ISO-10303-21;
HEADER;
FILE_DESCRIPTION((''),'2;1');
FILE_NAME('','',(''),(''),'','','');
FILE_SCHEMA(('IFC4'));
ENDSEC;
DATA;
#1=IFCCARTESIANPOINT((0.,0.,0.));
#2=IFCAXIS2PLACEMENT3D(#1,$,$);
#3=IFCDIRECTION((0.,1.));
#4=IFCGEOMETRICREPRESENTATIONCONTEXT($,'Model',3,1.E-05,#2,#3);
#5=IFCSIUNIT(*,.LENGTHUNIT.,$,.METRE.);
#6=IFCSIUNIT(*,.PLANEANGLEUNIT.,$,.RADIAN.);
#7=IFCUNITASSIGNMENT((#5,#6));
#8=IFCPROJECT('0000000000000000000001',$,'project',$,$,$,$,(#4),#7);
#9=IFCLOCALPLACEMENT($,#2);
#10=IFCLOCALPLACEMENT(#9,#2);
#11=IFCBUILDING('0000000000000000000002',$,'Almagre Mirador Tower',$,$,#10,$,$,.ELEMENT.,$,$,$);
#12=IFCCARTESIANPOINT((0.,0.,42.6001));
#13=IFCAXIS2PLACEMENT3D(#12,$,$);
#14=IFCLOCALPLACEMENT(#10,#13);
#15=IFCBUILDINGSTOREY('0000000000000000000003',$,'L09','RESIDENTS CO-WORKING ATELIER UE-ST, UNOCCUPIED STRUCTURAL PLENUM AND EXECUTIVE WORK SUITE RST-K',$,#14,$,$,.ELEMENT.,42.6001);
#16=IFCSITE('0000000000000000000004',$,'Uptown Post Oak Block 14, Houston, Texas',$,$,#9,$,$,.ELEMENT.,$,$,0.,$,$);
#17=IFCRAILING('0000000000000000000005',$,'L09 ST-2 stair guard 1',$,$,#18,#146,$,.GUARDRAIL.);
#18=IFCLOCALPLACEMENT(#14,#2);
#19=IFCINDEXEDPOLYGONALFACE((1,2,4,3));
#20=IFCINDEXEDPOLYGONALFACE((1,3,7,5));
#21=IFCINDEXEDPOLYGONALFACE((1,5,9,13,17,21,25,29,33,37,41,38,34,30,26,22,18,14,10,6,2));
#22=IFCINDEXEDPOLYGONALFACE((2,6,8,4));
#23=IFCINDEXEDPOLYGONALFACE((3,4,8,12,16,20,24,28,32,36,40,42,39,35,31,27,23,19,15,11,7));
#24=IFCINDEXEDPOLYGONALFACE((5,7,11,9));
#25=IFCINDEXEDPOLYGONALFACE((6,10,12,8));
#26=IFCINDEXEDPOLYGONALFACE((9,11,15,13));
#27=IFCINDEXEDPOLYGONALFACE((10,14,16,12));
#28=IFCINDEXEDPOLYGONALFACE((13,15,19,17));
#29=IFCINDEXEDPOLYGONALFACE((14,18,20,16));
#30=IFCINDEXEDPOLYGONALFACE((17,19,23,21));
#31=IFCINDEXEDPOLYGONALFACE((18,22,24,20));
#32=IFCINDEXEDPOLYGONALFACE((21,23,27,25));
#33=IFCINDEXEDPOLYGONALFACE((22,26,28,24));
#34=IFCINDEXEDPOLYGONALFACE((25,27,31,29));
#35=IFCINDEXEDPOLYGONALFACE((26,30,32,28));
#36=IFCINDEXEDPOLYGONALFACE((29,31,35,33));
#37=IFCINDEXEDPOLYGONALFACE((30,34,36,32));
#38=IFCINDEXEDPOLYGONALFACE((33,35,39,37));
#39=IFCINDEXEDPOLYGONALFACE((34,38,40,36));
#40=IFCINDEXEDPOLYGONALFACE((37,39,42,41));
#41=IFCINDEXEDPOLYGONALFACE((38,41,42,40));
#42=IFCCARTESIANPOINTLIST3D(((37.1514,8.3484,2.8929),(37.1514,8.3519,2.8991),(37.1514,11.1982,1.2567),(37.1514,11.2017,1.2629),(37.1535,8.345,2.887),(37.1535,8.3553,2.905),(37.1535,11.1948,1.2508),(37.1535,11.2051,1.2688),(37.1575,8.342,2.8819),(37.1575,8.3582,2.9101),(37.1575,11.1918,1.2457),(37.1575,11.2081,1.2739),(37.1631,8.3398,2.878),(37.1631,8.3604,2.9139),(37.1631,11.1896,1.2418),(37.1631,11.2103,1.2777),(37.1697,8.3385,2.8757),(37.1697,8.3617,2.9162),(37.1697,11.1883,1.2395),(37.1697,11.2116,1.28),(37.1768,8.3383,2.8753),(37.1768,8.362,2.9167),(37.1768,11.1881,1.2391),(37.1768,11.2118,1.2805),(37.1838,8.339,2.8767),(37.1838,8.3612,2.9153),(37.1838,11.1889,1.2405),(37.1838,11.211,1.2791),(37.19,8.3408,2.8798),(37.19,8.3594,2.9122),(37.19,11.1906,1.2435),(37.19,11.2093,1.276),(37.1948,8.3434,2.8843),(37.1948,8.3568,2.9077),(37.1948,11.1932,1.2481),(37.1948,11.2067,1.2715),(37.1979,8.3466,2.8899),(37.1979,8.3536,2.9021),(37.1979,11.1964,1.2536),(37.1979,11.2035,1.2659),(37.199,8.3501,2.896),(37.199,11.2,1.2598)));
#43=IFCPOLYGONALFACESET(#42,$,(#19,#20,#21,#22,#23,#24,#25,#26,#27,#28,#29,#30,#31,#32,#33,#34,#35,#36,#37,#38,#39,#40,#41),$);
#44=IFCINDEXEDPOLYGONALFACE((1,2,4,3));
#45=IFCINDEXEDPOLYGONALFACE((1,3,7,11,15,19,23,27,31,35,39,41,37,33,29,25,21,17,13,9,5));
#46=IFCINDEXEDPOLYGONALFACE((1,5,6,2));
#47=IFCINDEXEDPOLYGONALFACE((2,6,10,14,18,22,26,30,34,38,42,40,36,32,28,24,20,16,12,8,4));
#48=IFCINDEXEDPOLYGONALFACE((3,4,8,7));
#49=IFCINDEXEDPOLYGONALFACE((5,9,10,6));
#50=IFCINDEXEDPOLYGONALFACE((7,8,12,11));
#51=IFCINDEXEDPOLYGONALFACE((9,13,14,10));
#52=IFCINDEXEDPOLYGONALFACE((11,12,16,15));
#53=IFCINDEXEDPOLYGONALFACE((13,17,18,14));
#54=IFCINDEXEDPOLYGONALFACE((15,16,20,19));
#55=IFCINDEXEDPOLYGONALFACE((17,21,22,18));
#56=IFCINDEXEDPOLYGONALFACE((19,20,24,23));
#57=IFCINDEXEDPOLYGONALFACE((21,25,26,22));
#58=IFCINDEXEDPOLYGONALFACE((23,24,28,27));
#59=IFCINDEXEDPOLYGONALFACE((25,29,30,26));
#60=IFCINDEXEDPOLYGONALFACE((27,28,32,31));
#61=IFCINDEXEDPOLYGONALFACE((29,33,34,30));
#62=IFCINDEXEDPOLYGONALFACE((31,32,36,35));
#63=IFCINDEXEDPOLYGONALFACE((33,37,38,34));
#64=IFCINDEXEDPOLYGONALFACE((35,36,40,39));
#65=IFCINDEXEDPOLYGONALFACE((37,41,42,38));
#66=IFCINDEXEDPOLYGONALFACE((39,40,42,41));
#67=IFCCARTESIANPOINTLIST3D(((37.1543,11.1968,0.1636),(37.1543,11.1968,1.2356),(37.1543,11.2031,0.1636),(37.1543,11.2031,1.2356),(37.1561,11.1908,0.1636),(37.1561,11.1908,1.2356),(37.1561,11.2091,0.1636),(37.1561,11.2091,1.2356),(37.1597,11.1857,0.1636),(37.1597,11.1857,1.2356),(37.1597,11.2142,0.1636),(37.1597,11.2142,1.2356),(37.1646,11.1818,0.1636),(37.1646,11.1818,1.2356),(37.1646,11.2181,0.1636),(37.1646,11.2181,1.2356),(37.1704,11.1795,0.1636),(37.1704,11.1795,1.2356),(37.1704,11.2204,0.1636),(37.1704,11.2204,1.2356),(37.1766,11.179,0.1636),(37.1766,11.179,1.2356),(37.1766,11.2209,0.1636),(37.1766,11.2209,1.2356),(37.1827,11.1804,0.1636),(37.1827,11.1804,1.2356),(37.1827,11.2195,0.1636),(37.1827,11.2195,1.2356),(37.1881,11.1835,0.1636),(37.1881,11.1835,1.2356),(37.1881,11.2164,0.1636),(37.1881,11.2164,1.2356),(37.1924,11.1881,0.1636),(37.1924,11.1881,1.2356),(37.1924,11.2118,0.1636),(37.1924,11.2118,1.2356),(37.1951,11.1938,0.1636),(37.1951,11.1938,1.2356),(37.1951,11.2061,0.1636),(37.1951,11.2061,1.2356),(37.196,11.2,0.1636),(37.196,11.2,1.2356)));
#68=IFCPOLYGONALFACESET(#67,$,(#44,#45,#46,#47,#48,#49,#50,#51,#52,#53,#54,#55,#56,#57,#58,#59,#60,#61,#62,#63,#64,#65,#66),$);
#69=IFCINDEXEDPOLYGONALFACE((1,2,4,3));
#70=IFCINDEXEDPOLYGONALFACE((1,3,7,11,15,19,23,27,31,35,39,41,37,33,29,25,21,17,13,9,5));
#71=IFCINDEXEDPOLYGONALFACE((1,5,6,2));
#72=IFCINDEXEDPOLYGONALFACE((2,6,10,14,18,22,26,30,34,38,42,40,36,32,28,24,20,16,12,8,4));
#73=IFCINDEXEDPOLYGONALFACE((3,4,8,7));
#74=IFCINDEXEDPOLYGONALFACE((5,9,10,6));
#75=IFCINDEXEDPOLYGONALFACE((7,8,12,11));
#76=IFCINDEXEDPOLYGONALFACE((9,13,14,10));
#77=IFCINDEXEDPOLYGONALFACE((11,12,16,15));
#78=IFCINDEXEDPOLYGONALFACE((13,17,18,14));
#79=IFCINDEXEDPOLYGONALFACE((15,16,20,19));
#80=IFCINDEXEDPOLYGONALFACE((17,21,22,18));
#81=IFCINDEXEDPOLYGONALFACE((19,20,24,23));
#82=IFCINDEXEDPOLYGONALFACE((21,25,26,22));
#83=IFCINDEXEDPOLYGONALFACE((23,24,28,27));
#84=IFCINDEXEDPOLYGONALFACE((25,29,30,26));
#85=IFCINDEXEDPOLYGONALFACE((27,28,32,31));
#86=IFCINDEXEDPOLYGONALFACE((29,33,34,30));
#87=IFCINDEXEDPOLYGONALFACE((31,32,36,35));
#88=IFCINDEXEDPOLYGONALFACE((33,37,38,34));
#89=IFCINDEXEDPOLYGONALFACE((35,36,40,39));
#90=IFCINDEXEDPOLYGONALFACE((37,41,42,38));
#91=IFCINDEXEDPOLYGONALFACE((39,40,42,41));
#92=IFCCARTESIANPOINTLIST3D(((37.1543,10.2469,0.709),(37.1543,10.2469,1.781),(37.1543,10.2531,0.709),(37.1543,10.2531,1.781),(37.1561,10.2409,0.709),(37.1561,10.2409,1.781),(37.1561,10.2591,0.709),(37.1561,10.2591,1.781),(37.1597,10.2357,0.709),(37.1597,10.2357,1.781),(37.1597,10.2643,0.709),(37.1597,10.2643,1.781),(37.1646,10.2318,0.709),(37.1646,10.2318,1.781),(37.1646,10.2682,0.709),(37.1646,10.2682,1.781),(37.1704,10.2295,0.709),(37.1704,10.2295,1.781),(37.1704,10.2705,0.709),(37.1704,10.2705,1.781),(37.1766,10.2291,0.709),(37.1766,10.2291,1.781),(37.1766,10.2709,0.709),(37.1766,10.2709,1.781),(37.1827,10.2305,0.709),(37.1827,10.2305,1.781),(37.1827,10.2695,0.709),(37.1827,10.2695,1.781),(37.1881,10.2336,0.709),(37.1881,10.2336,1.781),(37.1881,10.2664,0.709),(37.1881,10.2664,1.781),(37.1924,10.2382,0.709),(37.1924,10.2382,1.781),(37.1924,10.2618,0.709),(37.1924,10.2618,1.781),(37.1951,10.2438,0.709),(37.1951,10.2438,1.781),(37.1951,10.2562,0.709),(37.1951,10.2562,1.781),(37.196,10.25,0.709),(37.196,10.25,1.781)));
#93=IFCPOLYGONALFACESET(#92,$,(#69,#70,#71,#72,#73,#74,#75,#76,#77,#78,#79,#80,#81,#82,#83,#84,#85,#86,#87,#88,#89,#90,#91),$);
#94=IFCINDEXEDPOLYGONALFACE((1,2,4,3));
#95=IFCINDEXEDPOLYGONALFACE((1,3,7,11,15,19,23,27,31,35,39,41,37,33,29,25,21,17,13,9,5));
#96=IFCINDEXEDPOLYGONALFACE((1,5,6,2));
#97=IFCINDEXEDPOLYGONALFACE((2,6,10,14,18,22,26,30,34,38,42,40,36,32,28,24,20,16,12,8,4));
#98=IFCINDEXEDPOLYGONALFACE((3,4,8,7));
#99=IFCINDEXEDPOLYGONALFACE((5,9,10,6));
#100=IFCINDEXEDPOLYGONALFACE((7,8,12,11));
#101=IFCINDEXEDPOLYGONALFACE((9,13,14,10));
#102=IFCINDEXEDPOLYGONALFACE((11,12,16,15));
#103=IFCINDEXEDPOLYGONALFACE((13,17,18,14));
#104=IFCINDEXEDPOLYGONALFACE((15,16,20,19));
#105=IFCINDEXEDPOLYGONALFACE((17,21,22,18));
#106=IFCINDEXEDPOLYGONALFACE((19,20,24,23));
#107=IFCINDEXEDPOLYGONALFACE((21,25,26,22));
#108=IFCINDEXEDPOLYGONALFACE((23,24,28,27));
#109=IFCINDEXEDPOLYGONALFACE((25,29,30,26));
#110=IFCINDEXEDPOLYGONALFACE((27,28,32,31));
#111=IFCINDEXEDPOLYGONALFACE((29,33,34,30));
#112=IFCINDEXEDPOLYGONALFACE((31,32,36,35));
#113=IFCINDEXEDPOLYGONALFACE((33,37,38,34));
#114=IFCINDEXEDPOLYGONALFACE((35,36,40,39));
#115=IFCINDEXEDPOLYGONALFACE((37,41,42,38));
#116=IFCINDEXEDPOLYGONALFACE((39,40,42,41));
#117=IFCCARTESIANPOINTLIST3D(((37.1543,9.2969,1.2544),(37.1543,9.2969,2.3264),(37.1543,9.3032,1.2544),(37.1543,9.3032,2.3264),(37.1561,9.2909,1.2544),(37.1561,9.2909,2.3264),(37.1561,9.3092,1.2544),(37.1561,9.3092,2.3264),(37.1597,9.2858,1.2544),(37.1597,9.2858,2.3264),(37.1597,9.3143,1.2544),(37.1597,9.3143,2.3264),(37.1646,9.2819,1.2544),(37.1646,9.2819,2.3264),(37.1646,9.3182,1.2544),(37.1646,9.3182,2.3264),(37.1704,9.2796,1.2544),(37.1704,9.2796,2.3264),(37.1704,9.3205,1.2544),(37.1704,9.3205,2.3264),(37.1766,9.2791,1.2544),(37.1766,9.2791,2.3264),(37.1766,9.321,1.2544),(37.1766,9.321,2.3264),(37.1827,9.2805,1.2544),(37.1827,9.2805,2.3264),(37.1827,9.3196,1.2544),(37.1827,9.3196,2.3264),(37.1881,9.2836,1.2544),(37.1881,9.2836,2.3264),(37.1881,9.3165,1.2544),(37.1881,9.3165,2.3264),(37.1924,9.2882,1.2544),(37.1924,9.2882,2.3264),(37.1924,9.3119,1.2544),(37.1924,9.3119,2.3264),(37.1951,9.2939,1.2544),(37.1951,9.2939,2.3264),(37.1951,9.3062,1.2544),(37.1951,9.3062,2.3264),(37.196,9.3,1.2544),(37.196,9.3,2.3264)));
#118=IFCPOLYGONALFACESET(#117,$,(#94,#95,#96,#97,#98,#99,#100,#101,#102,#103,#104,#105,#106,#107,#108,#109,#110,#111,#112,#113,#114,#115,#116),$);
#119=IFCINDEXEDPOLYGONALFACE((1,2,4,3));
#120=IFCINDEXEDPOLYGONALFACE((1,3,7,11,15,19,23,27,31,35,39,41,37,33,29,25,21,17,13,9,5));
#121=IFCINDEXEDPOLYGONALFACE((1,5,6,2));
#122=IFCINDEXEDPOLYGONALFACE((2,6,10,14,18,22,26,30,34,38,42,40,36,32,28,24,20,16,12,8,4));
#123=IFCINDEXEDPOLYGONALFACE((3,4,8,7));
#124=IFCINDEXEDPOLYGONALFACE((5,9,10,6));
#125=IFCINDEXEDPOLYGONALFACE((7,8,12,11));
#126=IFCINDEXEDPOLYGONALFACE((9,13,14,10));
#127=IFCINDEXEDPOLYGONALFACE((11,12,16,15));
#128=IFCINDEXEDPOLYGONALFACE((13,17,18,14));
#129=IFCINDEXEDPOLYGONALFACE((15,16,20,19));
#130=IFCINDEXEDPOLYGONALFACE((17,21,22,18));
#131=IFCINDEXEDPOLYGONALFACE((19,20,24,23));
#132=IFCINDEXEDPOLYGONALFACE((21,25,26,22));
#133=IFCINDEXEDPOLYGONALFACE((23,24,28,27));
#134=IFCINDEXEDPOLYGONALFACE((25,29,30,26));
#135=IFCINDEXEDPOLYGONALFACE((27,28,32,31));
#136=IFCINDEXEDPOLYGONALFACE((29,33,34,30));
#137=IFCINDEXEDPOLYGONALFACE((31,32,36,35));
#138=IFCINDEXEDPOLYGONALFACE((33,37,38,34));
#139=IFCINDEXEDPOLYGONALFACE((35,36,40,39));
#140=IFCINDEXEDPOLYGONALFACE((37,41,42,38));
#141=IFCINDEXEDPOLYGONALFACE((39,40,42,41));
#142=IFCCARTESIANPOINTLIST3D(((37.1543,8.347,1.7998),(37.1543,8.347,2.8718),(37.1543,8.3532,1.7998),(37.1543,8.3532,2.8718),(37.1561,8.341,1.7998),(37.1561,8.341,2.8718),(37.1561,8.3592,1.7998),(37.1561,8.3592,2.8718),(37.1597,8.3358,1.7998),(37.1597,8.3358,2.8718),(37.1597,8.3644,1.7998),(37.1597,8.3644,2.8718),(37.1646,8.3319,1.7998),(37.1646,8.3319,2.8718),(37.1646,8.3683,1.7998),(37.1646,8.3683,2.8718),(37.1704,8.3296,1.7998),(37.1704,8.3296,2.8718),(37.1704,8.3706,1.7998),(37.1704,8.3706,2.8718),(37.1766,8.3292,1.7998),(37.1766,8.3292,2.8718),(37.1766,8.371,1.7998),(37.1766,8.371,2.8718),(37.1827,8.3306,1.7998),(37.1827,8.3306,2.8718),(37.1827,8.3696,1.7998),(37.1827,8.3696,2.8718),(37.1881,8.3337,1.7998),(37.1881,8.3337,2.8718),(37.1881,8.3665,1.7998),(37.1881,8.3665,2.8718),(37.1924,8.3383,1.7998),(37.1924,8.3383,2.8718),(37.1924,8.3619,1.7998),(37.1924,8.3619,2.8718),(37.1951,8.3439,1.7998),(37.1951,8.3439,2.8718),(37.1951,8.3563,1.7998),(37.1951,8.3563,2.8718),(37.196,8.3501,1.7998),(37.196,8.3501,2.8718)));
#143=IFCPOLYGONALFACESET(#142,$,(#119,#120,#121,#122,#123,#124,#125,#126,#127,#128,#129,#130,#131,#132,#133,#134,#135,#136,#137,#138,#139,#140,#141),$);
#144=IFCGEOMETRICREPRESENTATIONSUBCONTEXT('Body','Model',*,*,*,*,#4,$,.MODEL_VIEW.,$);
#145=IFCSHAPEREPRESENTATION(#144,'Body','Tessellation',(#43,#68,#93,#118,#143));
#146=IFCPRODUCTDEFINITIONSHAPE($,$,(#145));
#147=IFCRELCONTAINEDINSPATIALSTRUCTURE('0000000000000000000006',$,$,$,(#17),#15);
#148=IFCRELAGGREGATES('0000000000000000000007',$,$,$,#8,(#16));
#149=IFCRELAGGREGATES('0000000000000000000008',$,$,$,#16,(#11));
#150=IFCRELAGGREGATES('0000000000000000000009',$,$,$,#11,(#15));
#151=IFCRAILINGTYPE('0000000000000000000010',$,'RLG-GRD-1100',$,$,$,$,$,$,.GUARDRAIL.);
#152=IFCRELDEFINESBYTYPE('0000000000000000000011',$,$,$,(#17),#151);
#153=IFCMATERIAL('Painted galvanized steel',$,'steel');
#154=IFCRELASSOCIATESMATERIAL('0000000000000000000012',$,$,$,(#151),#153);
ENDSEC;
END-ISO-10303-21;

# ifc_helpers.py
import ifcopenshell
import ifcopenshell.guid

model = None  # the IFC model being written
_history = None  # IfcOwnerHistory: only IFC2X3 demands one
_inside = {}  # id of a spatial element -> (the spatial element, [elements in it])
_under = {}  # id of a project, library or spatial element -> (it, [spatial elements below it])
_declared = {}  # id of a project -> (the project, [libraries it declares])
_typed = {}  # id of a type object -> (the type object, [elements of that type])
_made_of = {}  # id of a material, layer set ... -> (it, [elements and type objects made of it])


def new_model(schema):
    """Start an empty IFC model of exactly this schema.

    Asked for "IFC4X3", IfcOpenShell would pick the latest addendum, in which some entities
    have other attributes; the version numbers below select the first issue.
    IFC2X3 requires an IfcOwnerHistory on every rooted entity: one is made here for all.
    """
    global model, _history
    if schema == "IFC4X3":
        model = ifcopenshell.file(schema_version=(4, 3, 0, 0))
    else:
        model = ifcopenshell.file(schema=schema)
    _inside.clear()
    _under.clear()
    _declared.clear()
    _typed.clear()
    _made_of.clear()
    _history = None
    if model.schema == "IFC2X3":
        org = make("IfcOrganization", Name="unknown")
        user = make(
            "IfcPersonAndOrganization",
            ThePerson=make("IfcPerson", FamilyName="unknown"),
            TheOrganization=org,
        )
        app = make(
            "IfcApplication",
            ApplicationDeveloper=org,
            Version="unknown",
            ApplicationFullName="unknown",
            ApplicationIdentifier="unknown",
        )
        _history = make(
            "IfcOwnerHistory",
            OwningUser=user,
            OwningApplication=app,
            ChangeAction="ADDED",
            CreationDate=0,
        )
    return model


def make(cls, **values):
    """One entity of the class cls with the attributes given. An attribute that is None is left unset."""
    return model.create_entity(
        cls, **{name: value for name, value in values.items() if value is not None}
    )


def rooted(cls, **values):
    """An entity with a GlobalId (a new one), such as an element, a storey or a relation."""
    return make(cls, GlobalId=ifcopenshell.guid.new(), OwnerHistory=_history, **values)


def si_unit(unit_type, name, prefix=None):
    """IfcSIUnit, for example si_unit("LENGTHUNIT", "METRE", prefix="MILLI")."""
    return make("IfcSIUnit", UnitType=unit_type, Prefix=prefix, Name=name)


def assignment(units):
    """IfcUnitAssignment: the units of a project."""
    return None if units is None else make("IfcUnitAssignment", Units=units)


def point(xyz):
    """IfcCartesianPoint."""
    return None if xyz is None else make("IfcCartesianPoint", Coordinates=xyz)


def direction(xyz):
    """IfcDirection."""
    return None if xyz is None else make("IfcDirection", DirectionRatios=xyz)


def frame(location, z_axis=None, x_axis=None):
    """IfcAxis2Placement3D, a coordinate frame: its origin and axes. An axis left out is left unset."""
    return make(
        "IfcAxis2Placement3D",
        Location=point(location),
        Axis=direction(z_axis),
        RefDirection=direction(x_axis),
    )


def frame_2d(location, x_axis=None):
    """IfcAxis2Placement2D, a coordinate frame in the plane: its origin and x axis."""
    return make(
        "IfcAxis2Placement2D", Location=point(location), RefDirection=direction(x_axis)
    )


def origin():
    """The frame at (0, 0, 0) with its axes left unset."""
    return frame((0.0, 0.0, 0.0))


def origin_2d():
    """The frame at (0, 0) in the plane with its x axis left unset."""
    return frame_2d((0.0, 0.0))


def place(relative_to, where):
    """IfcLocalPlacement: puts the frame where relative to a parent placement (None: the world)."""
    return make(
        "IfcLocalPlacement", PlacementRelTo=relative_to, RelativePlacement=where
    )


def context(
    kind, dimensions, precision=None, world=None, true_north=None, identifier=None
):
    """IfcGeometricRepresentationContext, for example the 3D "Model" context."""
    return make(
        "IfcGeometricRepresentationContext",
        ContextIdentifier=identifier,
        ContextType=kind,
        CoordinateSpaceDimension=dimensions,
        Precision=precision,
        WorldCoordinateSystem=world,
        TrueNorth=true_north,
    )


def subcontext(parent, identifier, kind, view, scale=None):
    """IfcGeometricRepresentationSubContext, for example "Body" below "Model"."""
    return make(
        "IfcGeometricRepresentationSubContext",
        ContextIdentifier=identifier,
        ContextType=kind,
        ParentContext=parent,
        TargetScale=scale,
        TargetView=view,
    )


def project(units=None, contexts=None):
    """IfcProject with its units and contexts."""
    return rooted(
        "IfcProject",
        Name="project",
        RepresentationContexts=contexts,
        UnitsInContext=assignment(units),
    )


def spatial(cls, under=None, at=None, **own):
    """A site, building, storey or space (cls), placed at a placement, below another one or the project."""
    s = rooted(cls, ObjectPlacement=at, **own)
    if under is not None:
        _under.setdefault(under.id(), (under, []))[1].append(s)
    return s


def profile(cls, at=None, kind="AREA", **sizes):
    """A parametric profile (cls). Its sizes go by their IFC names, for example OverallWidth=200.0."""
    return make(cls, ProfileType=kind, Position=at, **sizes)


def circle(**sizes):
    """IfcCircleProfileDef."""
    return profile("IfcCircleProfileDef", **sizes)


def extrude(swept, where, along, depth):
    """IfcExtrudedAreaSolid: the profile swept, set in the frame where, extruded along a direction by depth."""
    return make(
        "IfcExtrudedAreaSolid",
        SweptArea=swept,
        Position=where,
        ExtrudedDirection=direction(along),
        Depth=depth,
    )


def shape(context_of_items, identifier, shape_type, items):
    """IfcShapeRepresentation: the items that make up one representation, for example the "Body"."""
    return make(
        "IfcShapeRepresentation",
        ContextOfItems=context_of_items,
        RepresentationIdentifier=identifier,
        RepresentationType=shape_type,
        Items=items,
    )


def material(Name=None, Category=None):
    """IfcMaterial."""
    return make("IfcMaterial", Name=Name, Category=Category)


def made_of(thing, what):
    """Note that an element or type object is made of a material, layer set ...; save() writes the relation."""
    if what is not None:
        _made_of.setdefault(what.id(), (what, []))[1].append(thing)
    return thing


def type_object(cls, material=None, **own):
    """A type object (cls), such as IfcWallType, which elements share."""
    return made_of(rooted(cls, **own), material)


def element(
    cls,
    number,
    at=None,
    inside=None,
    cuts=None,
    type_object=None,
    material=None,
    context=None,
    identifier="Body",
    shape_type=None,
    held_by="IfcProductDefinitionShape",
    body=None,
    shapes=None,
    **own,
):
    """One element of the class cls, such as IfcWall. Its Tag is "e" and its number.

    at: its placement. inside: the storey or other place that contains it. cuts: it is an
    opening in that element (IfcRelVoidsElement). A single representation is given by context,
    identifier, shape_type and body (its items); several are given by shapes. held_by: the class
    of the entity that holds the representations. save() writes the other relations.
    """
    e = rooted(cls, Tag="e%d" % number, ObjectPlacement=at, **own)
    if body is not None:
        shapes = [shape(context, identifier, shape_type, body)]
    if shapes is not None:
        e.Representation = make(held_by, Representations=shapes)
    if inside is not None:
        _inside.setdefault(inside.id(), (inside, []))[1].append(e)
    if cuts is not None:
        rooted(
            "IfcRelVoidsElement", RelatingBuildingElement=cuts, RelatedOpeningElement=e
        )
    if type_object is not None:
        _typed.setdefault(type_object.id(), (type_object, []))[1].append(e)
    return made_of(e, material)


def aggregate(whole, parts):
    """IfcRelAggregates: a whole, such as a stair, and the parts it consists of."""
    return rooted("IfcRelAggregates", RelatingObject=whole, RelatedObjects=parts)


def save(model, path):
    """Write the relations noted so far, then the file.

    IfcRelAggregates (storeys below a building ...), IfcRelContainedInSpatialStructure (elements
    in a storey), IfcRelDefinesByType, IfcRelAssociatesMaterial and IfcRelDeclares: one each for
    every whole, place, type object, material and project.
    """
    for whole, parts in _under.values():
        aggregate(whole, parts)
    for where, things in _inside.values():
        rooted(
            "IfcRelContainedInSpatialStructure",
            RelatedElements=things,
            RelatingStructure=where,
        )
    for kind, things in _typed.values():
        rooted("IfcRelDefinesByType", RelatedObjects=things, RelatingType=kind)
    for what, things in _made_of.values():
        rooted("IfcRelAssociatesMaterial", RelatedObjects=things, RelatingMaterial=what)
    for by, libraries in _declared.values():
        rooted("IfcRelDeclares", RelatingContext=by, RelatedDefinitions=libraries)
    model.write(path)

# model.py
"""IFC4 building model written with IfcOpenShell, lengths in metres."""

from ifc_helpers import new_model, si_unit, direction, frame, origin, origin_2d, place, context, subcontext, project, spatial, circle, extrude, material, type_object, element, save


model = new_model("IFC4")

# Units and contexts
model_context = context("Model", 3, precision=1e-05, world=origin(), true_north=direction((0.0, 1.0)))
body_context = subcontext(model_context, "Body", "Model", "MODEL_VIEW")
ifc_project = project(units=[si_unit("LENGTHUNIT", "METRE"), si_unit("PLANEANGLEUNIT", "RADIAN")], contexts=[model_context])

# Site, building, storey
site_placement = place(None, origin())
site = spatial("IfcSite", under=ifc_project, at=site_placement, Name="Uptown Post Oak Block 14, Houston, Texas", CompositionType="ELEMENT", RefElevation=0.0)
building_placement = place(site_placement, origin())
building = spatial("IfcBuilding", under=site, at=building_placement, Name="Almagre Mirador Tower", CompositionType="ELEMENT")
storey_placement = place(building_placement, frame((0.0, 0.0, 42.6001)))
storey = spatial("IfcBuildingStorey", under=building, at=storey_placement, Name="L09", Description="RESIDENTS CO-WORKING ATELIER UE-ST, UNOCCUPIED STRUCTURAL PLENUM AND EXECUTIVE WORK SUITE RST-K", CompositionType="ELEMENT", Elevation=42.6001)

# Railing
ifc_material_1 = material(Name="Painted galvanized steel", Category="steel")
railing_type_1 = type_object("IfcRailingType", Name="RLG-GRD-1100", PredefinedType="GUARDRAIL", material=ifc_material_1)
railing_1_placement = place(storey_placement, frame((37.175, 11.2, 0.1636)))
element("IfcRailing", 1, at=railing_1_placement, inside=storey, type_object=railing_type_1, Name="L09 ST-2 stair guard 1", PredefinedType="GUARDRAIL", context=body_context, shape_type="SweptSolid", body=[
    extrude(circle(Radius=0.0239, at=origin_2d()), frame((0.0, 0.0, 1.0962), z_axis=(0.0, -0.867226, 0.497914), x_axis=(1.0, 0.0, 0.0)), (0.0, 0.0, 1.0), 3.2861),
    extrude(circle(Radius=0.021, at=origin_2d()), origin(), (0.0, 0.0, 1.0), 1.072),
    extrude(circle(Radius=0.021, at=origin_2d()), frame((0.0, -0.95, 0.5454)), (0.0, 0.0, 1.0), 1.072),
    extrude(circle(Radius=0.021, at=origin_2d()), frame((0.0, -1.8999, 1.0908)), (0.0, 0.0, 1.0), 1.072),
    extrude(circle(Radius=0.021, at=origin_2d()), frame((0.0, -2.8499, 1.6362)), (0.0, 0.0, 1.0), 1.072),
])

save(model, "model.ifc")
